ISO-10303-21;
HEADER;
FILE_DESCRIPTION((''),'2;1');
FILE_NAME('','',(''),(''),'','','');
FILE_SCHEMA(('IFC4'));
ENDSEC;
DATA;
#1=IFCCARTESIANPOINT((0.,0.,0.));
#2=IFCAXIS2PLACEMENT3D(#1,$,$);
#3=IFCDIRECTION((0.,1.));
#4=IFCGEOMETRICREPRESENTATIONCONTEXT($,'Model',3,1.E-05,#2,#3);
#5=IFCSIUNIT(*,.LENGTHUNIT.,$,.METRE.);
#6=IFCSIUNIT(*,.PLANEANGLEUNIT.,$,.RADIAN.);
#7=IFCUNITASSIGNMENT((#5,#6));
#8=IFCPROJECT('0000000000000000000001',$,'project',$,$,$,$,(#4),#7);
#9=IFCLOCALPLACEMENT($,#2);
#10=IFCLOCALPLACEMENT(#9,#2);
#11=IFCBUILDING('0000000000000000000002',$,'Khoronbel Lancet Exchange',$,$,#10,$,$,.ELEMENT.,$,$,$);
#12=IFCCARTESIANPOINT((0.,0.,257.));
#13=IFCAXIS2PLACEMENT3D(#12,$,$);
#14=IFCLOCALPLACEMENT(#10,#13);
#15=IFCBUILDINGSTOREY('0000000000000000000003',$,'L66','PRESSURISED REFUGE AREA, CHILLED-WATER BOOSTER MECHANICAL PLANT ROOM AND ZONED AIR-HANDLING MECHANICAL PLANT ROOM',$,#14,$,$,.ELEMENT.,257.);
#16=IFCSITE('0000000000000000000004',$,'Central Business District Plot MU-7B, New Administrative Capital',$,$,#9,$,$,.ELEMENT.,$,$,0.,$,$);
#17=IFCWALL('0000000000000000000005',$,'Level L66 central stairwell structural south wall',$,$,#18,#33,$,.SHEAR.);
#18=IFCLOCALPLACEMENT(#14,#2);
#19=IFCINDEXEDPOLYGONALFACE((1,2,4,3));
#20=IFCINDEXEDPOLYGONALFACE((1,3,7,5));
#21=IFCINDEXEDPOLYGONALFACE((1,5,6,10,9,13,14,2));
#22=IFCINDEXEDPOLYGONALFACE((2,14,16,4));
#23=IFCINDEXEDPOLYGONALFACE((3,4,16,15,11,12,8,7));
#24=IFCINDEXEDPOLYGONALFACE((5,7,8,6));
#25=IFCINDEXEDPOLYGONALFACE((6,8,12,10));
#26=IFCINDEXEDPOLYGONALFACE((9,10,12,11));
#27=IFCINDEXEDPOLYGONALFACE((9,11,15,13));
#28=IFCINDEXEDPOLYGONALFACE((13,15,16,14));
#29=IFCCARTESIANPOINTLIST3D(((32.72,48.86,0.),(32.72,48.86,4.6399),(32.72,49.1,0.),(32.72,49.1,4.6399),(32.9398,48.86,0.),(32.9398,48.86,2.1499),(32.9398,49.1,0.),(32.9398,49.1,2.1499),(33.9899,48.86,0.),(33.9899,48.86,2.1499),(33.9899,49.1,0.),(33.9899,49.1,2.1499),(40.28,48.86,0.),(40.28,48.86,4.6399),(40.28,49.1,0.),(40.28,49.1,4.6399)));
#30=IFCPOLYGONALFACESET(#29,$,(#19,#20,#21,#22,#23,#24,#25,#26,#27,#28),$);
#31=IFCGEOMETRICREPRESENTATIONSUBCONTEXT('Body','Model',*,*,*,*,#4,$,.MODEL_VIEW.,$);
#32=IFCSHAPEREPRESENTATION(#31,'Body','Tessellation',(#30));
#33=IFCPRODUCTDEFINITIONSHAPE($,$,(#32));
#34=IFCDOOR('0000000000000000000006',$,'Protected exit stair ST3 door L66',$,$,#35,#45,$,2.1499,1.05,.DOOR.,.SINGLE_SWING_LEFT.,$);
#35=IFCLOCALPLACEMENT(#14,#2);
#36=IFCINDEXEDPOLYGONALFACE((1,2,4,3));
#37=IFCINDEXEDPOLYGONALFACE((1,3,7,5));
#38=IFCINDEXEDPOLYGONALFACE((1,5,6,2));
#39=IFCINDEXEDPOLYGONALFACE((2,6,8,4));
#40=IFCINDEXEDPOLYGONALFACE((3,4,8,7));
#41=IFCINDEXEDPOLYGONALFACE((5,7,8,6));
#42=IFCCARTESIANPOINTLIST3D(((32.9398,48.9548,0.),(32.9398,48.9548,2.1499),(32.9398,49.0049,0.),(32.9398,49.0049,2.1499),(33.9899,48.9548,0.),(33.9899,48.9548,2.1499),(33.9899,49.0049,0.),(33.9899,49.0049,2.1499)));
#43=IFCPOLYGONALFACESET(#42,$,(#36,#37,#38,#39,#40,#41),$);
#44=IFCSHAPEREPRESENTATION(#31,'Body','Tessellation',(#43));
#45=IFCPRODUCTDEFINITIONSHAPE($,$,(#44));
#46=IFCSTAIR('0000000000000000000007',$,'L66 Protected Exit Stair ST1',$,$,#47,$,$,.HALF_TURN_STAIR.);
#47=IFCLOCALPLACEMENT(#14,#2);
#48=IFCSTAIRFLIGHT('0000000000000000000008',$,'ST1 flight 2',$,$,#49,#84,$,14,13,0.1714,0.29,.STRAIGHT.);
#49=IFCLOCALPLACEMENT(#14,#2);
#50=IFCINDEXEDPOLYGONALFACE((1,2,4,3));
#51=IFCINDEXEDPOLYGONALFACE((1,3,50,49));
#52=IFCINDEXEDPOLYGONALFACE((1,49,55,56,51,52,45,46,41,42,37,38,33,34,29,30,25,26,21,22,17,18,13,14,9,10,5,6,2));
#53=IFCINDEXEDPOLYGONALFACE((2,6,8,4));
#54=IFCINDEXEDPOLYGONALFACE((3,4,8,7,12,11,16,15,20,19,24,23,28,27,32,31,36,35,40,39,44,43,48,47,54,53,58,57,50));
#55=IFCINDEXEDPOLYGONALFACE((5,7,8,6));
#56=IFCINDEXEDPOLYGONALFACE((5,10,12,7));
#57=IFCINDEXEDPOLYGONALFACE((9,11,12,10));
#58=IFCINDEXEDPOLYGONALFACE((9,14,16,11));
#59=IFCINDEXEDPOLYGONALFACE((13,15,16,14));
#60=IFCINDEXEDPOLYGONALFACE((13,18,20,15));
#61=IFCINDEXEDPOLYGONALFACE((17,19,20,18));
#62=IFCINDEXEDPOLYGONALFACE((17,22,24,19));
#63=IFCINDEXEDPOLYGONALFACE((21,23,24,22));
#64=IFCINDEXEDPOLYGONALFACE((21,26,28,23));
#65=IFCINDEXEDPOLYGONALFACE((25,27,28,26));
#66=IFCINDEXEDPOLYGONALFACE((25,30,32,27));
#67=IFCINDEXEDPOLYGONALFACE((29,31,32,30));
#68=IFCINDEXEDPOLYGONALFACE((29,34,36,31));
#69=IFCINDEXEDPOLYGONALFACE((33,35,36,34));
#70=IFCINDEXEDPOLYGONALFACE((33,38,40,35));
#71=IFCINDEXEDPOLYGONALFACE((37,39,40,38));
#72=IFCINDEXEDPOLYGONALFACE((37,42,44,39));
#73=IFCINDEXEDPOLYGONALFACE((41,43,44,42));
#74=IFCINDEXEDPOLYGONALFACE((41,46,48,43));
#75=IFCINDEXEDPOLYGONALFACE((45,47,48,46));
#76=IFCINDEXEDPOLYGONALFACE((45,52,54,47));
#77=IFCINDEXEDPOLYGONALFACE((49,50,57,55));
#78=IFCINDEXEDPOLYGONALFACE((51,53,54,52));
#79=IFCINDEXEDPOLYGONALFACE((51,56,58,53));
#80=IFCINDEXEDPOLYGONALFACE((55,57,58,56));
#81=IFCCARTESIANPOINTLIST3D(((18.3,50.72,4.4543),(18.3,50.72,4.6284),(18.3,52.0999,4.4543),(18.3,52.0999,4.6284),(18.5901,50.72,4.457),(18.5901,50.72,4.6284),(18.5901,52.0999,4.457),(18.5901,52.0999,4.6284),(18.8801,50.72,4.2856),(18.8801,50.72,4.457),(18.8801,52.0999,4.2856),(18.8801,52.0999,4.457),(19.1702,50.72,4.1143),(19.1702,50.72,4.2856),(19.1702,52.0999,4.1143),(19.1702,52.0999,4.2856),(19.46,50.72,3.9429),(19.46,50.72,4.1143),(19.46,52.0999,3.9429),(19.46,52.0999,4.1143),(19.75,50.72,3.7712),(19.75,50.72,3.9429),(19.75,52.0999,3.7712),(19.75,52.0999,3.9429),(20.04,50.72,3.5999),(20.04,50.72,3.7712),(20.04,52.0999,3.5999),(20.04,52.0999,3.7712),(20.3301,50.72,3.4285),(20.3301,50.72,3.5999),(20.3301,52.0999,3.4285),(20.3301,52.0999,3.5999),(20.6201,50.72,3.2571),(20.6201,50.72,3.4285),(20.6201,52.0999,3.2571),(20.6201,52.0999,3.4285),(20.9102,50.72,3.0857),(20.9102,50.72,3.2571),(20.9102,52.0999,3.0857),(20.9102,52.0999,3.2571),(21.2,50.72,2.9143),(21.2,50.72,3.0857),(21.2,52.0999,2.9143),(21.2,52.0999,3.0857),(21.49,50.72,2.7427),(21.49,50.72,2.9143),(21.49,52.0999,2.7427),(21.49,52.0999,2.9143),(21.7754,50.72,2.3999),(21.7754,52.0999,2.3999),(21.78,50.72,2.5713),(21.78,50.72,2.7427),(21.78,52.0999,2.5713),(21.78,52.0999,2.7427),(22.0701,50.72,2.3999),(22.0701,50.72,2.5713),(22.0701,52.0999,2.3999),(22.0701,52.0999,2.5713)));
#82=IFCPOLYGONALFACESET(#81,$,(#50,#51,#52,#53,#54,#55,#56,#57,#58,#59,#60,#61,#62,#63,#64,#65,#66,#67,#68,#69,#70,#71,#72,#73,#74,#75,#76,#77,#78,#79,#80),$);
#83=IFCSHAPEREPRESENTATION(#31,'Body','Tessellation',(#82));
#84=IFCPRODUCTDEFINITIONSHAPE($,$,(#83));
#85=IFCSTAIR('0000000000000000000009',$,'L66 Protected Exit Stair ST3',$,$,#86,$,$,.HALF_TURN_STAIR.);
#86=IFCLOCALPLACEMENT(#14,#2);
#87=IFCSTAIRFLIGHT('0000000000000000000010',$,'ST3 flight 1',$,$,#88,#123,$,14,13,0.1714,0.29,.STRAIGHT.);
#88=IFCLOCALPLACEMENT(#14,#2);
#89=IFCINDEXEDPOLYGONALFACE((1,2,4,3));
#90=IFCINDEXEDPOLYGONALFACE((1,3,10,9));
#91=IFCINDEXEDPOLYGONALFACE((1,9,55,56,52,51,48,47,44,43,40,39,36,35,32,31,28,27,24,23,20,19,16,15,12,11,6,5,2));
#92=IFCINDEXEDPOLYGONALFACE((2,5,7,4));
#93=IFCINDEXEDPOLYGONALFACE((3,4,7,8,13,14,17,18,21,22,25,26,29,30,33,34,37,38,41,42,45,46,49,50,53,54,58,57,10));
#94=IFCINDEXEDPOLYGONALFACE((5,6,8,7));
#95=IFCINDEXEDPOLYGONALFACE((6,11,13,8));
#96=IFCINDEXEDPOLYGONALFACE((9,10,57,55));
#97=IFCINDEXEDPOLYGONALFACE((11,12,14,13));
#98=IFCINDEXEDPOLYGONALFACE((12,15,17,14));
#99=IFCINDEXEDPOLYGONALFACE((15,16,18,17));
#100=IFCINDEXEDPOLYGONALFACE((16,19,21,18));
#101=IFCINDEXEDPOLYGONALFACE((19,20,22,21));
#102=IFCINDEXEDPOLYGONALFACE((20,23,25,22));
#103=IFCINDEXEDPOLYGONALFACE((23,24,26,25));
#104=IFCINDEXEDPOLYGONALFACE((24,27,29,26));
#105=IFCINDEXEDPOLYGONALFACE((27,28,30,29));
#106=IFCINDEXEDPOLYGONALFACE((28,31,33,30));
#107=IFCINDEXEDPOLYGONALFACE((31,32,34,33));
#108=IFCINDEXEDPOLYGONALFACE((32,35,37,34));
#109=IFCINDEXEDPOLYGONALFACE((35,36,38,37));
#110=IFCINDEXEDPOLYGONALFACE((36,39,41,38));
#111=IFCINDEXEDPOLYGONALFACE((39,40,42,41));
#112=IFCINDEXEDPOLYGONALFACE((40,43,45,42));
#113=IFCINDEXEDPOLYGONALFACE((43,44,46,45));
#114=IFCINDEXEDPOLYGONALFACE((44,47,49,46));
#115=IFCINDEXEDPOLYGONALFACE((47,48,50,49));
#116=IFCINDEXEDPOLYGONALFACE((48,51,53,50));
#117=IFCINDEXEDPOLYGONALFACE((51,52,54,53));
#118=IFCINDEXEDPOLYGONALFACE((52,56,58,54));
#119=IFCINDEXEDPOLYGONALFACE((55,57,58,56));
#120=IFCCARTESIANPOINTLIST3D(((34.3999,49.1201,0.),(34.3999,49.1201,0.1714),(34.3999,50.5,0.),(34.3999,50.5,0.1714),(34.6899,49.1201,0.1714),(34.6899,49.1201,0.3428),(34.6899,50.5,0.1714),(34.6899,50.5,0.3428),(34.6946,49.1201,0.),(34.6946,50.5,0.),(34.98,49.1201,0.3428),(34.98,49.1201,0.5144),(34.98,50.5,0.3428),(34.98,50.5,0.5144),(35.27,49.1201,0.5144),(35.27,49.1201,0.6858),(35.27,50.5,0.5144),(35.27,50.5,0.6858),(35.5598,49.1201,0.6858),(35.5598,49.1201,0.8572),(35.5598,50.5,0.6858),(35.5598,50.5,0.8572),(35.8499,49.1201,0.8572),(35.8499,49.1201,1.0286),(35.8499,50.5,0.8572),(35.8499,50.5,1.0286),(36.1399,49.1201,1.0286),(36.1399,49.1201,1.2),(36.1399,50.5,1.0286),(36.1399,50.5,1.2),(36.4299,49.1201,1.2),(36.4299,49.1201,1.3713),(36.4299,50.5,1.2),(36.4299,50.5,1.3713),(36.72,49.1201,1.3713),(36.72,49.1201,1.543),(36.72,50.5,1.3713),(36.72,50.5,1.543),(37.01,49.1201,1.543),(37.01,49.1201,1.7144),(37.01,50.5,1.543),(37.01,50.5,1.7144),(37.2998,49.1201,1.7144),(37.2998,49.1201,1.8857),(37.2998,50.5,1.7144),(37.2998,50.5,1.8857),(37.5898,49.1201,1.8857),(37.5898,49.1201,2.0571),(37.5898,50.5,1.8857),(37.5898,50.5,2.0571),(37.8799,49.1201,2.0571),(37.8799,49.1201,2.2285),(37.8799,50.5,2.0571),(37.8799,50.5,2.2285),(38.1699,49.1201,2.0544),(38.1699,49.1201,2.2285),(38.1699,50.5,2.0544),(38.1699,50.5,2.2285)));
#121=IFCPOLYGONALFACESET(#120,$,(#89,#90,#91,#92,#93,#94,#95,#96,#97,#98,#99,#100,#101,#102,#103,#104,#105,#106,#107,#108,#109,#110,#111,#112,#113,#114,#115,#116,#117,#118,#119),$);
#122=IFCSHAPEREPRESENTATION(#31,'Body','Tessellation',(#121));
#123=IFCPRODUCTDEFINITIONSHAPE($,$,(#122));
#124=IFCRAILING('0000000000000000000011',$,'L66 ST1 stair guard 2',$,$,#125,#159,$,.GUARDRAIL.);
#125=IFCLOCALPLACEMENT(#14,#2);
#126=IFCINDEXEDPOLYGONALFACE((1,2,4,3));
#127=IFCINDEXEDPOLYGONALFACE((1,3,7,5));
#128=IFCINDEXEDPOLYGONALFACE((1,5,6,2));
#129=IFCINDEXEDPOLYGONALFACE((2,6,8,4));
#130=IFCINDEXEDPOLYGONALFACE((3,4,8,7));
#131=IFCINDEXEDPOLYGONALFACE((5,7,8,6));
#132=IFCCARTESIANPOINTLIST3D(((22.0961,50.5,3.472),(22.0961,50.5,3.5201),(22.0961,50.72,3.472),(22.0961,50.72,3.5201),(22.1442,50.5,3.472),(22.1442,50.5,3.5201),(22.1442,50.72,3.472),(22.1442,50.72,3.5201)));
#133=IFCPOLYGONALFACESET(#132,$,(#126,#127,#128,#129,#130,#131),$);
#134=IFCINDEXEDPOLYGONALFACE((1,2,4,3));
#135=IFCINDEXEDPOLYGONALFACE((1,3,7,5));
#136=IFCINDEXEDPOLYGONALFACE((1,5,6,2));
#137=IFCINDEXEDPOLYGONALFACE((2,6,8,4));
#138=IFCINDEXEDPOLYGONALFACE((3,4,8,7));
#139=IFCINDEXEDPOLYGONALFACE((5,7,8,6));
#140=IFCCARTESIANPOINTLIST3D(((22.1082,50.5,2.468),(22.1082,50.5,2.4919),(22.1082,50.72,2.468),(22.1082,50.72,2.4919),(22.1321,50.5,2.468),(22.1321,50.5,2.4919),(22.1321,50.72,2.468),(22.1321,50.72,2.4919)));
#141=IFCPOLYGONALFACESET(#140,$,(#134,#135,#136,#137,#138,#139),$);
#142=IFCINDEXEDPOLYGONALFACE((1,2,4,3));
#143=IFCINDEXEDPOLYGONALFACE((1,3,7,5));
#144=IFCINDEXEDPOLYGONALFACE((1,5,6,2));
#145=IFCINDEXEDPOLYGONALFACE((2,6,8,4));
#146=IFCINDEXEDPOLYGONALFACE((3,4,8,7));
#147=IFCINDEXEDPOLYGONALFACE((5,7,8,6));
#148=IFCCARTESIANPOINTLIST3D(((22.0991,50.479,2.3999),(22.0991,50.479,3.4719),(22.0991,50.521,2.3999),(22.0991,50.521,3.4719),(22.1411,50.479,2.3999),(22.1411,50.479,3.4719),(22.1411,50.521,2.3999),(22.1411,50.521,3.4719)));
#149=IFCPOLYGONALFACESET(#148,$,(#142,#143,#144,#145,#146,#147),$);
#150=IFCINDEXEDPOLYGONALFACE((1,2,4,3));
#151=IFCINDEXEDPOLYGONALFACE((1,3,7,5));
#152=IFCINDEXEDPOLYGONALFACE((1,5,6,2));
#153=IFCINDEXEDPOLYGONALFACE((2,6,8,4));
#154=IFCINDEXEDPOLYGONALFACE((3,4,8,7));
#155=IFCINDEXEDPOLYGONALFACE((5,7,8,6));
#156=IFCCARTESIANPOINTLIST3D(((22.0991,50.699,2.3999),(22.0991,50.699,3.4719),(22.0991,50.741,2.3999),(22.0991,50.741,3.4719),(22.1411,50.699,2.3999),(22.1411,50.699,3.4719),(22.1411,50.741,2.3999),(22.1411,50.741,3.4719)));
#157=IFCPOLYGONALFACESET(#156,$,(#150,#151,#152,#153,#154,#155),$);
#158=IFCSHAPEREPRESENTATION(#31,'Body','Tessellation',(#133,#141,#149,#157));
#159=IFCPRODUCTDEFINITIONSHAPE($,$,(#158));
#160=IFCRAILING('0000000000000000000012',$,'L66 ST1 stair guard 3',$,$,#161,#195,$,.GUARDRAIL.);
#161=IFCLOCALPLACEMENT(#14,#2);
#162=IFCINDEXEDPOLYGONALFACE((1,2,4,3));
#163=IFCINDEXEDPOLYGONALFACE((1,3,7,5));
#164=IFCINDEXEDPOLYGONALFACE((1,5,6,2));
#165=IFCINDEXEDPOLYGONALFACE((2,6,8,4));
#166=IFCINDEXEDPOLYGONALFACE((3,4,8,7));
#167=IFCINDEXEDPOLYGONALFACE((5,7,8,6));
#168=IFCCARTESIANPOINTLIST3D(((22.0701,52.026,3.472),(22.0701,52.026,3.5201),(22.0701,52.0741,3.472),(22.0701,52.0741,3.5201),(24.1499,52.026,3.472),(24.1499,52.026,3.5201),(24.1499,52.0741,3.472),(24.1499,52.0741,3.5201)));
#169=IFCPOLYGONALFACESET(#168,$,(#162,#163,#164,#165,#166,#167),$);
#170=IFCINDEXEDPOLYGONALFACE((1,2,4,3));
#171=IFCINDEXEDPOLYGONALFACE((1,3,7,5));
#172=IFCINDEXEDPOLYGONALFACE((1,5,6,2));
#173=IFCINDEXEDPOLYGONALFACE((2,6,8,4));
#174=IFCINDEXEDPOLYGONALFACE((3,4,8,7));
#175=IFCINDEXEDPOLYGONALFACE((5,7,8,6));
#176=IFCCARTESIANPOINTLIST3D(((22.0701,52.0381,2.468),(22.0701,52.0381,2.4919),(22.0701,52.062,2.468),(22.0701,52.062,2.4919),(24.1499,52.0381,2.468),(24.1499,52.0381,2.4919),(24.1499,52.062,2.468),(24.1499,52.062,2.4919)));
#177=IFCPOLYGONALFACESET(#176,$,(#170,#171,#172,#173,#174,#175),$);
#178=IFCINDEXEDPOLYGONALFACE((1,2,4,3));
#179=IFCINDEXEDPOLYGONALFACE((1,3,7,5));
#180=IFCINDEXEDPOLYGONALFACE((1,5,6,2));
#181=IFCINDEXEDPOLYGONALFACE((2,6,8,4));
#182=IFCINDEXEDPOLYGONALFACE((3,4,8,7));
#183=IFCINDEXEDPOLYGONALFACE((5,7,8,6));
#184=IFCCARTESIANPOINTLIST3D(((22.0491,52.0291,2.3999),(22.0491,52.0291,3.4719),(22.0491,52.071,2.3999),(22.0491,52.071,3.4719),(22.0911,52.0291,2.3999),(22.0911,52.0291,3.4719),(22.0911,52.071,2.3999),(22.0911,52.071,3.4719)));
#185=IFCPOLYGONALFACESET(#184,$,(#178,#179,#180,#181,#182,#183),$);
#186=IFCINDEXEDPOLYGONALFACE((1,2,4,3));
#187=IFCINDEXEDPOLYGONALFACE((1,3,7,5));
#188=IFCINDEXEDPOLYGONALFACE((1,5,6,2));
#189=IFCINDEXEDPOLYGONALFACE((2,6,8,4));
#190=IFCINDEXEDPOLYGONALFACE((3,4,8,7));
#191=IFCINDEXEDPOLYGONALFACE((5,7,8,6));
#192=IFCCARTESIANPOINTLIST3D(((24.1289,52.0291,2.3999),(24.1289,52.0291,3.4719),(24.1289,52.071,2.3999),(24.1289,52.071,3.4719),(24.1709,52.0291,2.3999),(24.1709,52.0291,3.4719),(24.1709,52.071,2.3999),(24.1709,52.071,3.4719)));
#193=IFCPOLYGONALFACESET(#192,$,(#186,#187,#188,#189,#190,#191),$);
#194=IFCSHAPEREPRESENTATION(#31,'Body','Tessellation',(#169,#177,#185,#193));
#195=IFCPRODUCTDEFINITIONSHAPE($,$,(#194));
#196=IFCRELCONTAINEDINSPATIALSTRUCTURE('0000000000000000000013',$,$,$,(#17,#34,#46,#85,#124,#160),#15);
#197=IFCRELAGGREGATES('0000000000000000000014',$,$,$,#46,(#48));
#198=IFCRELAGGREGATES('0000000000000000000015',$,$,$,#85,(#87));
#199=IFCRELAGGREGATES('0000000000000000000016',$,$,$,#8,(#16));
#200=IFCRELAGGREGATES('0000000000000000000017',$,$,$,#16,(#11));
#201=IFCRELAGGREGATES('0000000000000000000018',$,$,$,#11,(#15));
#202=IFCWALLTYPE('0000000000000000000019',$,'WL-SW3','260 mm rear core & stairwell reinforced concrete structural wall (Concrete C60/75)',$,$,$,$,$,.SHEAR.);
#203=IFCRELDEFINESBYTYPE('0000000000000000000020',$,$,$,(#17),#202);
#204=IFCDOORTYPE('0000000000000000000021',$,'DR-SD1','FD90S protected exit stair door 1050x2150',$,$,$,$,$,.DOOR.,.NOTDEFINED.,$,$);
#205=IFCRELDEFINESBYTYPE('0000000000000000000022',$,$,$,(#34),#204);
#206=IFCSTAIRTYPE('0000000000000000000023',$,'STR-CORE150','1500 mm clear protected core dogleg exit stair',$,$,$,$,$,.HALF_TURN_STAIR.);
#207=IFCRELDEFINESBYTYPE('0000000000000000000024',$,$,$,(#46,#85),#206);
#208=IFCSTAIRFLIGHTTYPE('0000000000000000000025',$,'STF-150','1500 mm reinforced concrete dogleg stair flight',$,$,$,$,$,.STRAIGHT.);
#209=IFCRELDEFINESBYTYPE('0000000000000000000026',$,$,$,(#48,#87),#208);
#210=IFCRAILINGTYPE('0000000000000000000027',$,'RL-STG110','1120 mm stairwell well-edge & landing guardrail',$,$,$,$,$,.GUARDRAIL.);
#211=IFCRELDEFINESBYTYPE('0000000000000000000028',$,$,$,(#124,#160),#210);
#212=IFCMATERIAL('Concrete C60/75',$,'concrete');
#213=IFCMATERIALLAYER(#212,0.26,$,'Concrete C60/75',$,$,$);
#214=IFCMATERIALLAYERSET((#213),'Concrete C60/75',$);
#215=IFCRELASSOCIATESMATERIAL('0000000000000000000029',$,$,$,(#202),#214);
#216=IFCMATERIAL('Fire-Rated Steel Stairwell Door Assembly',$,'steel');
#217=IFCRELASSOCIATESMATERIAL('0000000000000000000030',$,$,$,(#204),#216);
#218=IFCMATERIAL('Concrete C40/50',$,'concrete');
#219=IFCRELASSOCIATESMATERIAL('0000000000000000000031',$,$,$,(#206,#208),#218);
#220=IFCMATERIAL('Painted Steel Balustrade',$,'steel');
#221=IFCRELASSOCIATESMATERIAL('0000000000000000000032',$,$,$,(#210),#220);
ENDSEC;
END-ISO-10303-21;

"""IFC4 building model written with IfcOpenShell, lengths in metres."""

from ifc_helpers import new_model, si_unit, direction, frame, frame_2d, origin, origin_2d, place, context, subcontext, project, spatial, polyline, rectangle, outline, extrude, material, layer, layer_set, type_object, element, fill, aggregate, save


model = new_model("IFC4")

# Units and contexts
model_context = context("Model", 3, precision=1e-05, world=origin(), true_north=direction((0.0, 1.0)))
body_context = subcontext(model_context, "Body", "Model", "MODEL_VIEW")
ifc_project = project(units=[si_unit("LENGTHUNIT", "METRE"), si_unit("PLANEANGLEUNIT", "RADIAN")], contexts=[model_context])

# Site, building, storey
site_placement = place(None, origin())
site = spatial("IfcSite", under=ifc_project, at=site_placement, Name="Central Business District Plot MU-7B, New Administrative Capital", CompositionType="ELEMENT", RefElevation=0.0)
building_placement = place(site_placement, origin())
building = spatial("IfcBuilding", under=site, at=building_placement, Name="Khoronbel Lancet Exchange", CompositionType="ELEMENT")
storey_placement = place(building_placement, frame((0.0, 0.0, 257.0)))
storey = spatial("IfcBuildingStorey", under=building, at=storey_placement, Name="L66", Description="PRESSURISED REFUGE AREA, CHILLED-WATER BOOSTER MECHANICAL PLANT ROOM AND ZONED AIR-HANDLING MECHANICAL PLANT ROOM", CompositionType="ELEMENT", Elevation=257.0)

# Shared definitions
ifc_material_1 = material(Name="Concrete C60/75", Category="concrete")
ifc_layer_1 = layer(ifc_material_1, 0.26, Name="Concrete C60/75")
ifc_layer_set_1 = layer_set([ifc_layer_1], Name="Concrete C60/75")
wall_type_1 = type_object("IfcWallType", Name="WL-SW3", Description="260 mm rear core & stairwell reinforced concrete structural wall (Concrete C60/75)", PredefinedType="SHEAR", material=ifc_layer_set_1)

# Wall, opening, door
wall_1_placement = place(storey_placement, frame((32.72, 48.98, 0.0), z_axis=(0.0, 0.0, 1.0), x_axis=(1.0, 0.0, 0.0)))
wall_1 = element("IfcWall", 1, at=wall_1_placement, inside=storey, type_object=wall_type_1, Name="Level L66 central stairwell structural south wall", PredefinedType="SHEAR", context=body_context, shape_type="SweptSolid", body=[
    extrude(rectangle(XDim=7.5601, YDim=0.24, at=frame_2d((3.78, 0.0))), origin(), (0.0, 0.0, 1.0), 4.6399),
])
opening_1_placement = place(wall_1_placement, frame((0.22, 0.0, 0.0)))
opening_1 = element("IfcOpeningElement", 2, at=opening_1_placement, cuts=wall_1, PredefinedType="OPENING", context=body_context, shape_type="SweptSolid", body=[
    extrude(rectangle(XDim=1.05, YDim=2.1499, at=frame_2d((0.5249, 1.075))), frame((0.0, 0.1299, 0.0), z_axis=(0.0, -1.0, 0.0), x_axis=(1.0, 0.0, 0.0)), (0.0, 0.0, 1.0), 0.26),
])
ifc_material_2 = material(Name="Fire-Rated Steel Stairwell Door Assembly", Category="steel")
door_type_1 = type_object("IfcDoorType", Name="DR-SD1", Description="FD90S protected exit stair door 1050x2150", OperationType="NOTDEFINED", PredefinedType="DOOR", material=ifc_material_2)
door_1_placement = place(opening_1_placement, origin())
door_1 = element("IfcDoor", 3, at=door_1_placement, inside=storey, type_object=door_type_1, Name="Protected exit stair ST3 door L66", OperationType="SINGLE_SWING_LEFT", OverallHeight=2.1499, OverallWidth=1.05, PredefinedType="DOOR", context=body_context, shape_type="SweptSolid", body=[
    extrude(rectangle(XDim=1.05, YDim=2.1499, at=frame_2d((0.5249, 1.075))), frame((0.0, 0.0249, 0.0), z_axis=(0.0, -1.0, 0.0), x_axis=(1.0, 0.0, 0.0)), (0.0, 0.0, 1.0), 0.05),
])
fill(opening_1, door_1)

# Stairs, stair flights
ifc_material_3 = material(Name="Concrete C40/50", Category="concrete")
stair_type = type_object("IfcStairType", Name="STR-CORE150", Description="1500 mm clear protected core dogleg exit stair", PredefinedType="HALF_TURN_STAIR", material=ifc_material_3)
stair_1_placement = place(storey_placement, origin())
stair_1 = element("IfcStair", 4, at=stair_1_placement, inside=storey, type_object=stair_type, Name="L66 Protected Exit Stair ST1", PredefinedType="HALF_TURN_STAIR")
stair_flight_type = type_object("IfcStairFlightType", Name="STF-150", Description="1500 mm reinforced concrete dogleg stair flight", PredefinedType="STRAIGHT", material=ifc_material_3)
stair_flight_1_placement = place(storey_placement, frame((22.0701, 51.4099, 2.3999), z_axis=(0.0, 0.0, 1.0), x_axis=(-1.0, 0.0, 0.0)))
stair_flight_1 = element("IfcStairFlight", 5, at=stair_flight_1_placement, type_object=stair_flight_type, Name="ST1 flight 2", NumberOfRisers=14, NumberOfTreads=13, PredefinedType="STRAIGHT", RiserHeight=0.1714, TreadLength=0.29, context=body_context, shape_type="SweptSolid", body=[
    extrude(outline(polyline([(0.0, 0.0), (0.0, 0.1714), (0.29, 0.1714), (0.29, 0.3428), (0.5801, 0.3428), (0.5801, 0.5144), (0.8701, 0.5144), (0.8701, 0.6858), (1.1599, 0.6858), (1.1599, 0.8572), (1.45, 0.8572), (1.45, 1.0286), (1.74, 1.0286), (1.74, 1.2), (2.03, 1.2), (2.03, 1.3713), (2.3201, 1.3713), (2.3201, 1.543), (2.6101, 1.543), (2.6101, 1.7144), (2.8999, 1.7144), (2.8999, 1.8857), (3.1899, 1.8857), (3.1899, 2.0571), (3.48, 2.0571), (3.48, 2.2285), (3.77, 2.2285), (3.77, 2.3999), (3.77, 2.0544), (0.2947, 0.0), (0.0, 0.0)])), frame((0.0, 0.6899, 0.0), z_axis=(0.0, -1.0, 0.0), x_axis=(1.0, 0.0, 0.0)), (0.0, 0.0, 1.0), 1.3799),
])
aggregate(stair_1, [stair_flight_1])
stair_2_placement = place(storey_placement, origin())
stair_2 = element("IfcStair", 6, at=stair_2_placement, inside=storey, type_object=stair_type, Name="L66 Protected Exit Stair ST3", PredefinedType="HALF_TURN_STAIR")
stair_flight_2_placement = place(storey_placement, frame((34.3999, 49.8101, 0.0), z_axis=(0.0, 0.0, 1.0), x_axis=(1.0, 0.0, 0.0)))
stair_flight_2 = element("IfcStairFlight", 7, at=stair_flight_2_placement, type_object=stair_flight_type, Name="ST3 flight 1", NumberOfRisers=14, NumberOfTreads=13, PredefinedType="STRAIGHT", RiserHeight=0.1714, TreadLength=0.29, context=body_context, shape_type="SweptSolid", body=[
    extrude(outline(polyline([(0.0, 0.0), (0.0, 0.1714), (0.29, 0.1714), (0.29, 0.3428), (0.5801, 0.3428), (0.5801, 0.5144), (0.8701, 0.5144), (0.8701, 0.6858), (1.1599, 0.6858), (1.1599, 0.8572), (1.45, 0.8572), (1.45, 1.0286), (1.74, 1.0286), (1.74, 1.2), (2.03, 1.2), (2.03, 1.3713), (2.3201, 1.3713), (2.3201, 1.543), (2.6101, 1.543), (2.6101, 1.7144), (2.8999, 1.7144), (2.8999, 1.8857), (3.1899, 1.8857), (3.1899, 2.0571), (3.48, 2.0571), (3.48, 2.2285), (3.77, 2.2285), (3.77, 2.3999), (3.77, 2.0544), (0.2947, 0.0), (0.0, 0.0)])), frame((0.0, 0.6899, 0.0), z_axis=(0.0, -1.0, 0.0), x_axis=(1.0, 0.0, 0.0)), (0.0, 0.0, 1.0), 1.3799),
])
aggregate(stair_2, [stair_flight_2])

# Railings
ifc_material_4 = material(Name="Painted Steel Balustrade", Category="steel")
railing_type_1 = type_object("IfcRailingType", Name="RL-STG110", Description="1120 mm stairwell well-edge & landing guardrail", PredefinedType="GUARDRAIL", material=ifc_material_4)
railing_1_placement = place(storey_placement, frame((22.1201, 50.5, 2.3999)))
element("IfcRailing", 8, at=railing_1_placement, inside=storey, type_object=railing_type_1, Name="L66 ST1 stair guard 2", PredefinedType="GUARDRAIL", context=body_context, shape_type="SweptSolid", body=[
    extrude(rectangle(XDim=0.0481, YDim=0.0481, at=origin_2d()), frame((0.0, 0.0, 1.0962), z_axis=(0.0, 1.0, 0.0), x_axis=(-1.0, 0.0, 0.0)), (0.0, 0.0, 1.0), 0.22),
    extrude(rectangle(XDim=0.0239, YDim=0.0239, at=origin_2d()), frame((0.0, 0.0, 0.0801), z_axis=(0.0, 1.0, 0.0), x_axis=(-1.0, 0.0, 0.0)), (0.0, 0.0, 1.0), 0.22),
    extrude(rectangle(XDim=0.042, YDim=0.042, at=origin_2d()), origin(), (0.0, 0.0, 1.0), 1.072),
    extrude(rectangle(XDim=0.042, YDim=0.042, at=origin_2d()), frame((0.0, 0.22, 0.0)), (0.0, 0.0, 1.0), 1.072),
])
railing_2_placement = place(storey_placement, frame((22.0701, 52.05, 2.3999)))
element("IfcRailing", 9, at=railing_2_placement, inside=storey, type_object=railing_type_1, Name="L66 ST1 stair guard 3", PredefinedType="GUARDRAIL", context=body_context, shape_type="SweptSolid", body=[
    extrude(rectangle(XDim=0.0481, YDim=0.0481, at=origin_2d()), frame((0.0, 0.0, 1.0962), z_axis=(1.0, 0.0, 0.0), x_axis=(0.0, 1.0, 0.0)), (0.0, 0.0, 1.0), 2.0798),
    extrude(rectangle(XDim=0.0239, YDim=0.0239, at=origin_2d()), frame((0.0, 0.0, 0.0801), z_axis=(1.0, 0.0, 0.0), x_axis=(0.0, 1.0, 0.0)), (0.0, 0.0, 1.0), 2.0798),
    extrude(rectangle(XDim=0.042, YDim=0.042, at=origin_2d()), origin(), (0.0, 0.0, 1.0), 1.072),
    extrude(rectangle(XDim=0.042, YDim=0.042, at=origin_2d()), frame((2.0798, 0.0, 0.0)), (0.0, 0.0, 1.0), 1.072),
])

save(model, "model.ifc")
